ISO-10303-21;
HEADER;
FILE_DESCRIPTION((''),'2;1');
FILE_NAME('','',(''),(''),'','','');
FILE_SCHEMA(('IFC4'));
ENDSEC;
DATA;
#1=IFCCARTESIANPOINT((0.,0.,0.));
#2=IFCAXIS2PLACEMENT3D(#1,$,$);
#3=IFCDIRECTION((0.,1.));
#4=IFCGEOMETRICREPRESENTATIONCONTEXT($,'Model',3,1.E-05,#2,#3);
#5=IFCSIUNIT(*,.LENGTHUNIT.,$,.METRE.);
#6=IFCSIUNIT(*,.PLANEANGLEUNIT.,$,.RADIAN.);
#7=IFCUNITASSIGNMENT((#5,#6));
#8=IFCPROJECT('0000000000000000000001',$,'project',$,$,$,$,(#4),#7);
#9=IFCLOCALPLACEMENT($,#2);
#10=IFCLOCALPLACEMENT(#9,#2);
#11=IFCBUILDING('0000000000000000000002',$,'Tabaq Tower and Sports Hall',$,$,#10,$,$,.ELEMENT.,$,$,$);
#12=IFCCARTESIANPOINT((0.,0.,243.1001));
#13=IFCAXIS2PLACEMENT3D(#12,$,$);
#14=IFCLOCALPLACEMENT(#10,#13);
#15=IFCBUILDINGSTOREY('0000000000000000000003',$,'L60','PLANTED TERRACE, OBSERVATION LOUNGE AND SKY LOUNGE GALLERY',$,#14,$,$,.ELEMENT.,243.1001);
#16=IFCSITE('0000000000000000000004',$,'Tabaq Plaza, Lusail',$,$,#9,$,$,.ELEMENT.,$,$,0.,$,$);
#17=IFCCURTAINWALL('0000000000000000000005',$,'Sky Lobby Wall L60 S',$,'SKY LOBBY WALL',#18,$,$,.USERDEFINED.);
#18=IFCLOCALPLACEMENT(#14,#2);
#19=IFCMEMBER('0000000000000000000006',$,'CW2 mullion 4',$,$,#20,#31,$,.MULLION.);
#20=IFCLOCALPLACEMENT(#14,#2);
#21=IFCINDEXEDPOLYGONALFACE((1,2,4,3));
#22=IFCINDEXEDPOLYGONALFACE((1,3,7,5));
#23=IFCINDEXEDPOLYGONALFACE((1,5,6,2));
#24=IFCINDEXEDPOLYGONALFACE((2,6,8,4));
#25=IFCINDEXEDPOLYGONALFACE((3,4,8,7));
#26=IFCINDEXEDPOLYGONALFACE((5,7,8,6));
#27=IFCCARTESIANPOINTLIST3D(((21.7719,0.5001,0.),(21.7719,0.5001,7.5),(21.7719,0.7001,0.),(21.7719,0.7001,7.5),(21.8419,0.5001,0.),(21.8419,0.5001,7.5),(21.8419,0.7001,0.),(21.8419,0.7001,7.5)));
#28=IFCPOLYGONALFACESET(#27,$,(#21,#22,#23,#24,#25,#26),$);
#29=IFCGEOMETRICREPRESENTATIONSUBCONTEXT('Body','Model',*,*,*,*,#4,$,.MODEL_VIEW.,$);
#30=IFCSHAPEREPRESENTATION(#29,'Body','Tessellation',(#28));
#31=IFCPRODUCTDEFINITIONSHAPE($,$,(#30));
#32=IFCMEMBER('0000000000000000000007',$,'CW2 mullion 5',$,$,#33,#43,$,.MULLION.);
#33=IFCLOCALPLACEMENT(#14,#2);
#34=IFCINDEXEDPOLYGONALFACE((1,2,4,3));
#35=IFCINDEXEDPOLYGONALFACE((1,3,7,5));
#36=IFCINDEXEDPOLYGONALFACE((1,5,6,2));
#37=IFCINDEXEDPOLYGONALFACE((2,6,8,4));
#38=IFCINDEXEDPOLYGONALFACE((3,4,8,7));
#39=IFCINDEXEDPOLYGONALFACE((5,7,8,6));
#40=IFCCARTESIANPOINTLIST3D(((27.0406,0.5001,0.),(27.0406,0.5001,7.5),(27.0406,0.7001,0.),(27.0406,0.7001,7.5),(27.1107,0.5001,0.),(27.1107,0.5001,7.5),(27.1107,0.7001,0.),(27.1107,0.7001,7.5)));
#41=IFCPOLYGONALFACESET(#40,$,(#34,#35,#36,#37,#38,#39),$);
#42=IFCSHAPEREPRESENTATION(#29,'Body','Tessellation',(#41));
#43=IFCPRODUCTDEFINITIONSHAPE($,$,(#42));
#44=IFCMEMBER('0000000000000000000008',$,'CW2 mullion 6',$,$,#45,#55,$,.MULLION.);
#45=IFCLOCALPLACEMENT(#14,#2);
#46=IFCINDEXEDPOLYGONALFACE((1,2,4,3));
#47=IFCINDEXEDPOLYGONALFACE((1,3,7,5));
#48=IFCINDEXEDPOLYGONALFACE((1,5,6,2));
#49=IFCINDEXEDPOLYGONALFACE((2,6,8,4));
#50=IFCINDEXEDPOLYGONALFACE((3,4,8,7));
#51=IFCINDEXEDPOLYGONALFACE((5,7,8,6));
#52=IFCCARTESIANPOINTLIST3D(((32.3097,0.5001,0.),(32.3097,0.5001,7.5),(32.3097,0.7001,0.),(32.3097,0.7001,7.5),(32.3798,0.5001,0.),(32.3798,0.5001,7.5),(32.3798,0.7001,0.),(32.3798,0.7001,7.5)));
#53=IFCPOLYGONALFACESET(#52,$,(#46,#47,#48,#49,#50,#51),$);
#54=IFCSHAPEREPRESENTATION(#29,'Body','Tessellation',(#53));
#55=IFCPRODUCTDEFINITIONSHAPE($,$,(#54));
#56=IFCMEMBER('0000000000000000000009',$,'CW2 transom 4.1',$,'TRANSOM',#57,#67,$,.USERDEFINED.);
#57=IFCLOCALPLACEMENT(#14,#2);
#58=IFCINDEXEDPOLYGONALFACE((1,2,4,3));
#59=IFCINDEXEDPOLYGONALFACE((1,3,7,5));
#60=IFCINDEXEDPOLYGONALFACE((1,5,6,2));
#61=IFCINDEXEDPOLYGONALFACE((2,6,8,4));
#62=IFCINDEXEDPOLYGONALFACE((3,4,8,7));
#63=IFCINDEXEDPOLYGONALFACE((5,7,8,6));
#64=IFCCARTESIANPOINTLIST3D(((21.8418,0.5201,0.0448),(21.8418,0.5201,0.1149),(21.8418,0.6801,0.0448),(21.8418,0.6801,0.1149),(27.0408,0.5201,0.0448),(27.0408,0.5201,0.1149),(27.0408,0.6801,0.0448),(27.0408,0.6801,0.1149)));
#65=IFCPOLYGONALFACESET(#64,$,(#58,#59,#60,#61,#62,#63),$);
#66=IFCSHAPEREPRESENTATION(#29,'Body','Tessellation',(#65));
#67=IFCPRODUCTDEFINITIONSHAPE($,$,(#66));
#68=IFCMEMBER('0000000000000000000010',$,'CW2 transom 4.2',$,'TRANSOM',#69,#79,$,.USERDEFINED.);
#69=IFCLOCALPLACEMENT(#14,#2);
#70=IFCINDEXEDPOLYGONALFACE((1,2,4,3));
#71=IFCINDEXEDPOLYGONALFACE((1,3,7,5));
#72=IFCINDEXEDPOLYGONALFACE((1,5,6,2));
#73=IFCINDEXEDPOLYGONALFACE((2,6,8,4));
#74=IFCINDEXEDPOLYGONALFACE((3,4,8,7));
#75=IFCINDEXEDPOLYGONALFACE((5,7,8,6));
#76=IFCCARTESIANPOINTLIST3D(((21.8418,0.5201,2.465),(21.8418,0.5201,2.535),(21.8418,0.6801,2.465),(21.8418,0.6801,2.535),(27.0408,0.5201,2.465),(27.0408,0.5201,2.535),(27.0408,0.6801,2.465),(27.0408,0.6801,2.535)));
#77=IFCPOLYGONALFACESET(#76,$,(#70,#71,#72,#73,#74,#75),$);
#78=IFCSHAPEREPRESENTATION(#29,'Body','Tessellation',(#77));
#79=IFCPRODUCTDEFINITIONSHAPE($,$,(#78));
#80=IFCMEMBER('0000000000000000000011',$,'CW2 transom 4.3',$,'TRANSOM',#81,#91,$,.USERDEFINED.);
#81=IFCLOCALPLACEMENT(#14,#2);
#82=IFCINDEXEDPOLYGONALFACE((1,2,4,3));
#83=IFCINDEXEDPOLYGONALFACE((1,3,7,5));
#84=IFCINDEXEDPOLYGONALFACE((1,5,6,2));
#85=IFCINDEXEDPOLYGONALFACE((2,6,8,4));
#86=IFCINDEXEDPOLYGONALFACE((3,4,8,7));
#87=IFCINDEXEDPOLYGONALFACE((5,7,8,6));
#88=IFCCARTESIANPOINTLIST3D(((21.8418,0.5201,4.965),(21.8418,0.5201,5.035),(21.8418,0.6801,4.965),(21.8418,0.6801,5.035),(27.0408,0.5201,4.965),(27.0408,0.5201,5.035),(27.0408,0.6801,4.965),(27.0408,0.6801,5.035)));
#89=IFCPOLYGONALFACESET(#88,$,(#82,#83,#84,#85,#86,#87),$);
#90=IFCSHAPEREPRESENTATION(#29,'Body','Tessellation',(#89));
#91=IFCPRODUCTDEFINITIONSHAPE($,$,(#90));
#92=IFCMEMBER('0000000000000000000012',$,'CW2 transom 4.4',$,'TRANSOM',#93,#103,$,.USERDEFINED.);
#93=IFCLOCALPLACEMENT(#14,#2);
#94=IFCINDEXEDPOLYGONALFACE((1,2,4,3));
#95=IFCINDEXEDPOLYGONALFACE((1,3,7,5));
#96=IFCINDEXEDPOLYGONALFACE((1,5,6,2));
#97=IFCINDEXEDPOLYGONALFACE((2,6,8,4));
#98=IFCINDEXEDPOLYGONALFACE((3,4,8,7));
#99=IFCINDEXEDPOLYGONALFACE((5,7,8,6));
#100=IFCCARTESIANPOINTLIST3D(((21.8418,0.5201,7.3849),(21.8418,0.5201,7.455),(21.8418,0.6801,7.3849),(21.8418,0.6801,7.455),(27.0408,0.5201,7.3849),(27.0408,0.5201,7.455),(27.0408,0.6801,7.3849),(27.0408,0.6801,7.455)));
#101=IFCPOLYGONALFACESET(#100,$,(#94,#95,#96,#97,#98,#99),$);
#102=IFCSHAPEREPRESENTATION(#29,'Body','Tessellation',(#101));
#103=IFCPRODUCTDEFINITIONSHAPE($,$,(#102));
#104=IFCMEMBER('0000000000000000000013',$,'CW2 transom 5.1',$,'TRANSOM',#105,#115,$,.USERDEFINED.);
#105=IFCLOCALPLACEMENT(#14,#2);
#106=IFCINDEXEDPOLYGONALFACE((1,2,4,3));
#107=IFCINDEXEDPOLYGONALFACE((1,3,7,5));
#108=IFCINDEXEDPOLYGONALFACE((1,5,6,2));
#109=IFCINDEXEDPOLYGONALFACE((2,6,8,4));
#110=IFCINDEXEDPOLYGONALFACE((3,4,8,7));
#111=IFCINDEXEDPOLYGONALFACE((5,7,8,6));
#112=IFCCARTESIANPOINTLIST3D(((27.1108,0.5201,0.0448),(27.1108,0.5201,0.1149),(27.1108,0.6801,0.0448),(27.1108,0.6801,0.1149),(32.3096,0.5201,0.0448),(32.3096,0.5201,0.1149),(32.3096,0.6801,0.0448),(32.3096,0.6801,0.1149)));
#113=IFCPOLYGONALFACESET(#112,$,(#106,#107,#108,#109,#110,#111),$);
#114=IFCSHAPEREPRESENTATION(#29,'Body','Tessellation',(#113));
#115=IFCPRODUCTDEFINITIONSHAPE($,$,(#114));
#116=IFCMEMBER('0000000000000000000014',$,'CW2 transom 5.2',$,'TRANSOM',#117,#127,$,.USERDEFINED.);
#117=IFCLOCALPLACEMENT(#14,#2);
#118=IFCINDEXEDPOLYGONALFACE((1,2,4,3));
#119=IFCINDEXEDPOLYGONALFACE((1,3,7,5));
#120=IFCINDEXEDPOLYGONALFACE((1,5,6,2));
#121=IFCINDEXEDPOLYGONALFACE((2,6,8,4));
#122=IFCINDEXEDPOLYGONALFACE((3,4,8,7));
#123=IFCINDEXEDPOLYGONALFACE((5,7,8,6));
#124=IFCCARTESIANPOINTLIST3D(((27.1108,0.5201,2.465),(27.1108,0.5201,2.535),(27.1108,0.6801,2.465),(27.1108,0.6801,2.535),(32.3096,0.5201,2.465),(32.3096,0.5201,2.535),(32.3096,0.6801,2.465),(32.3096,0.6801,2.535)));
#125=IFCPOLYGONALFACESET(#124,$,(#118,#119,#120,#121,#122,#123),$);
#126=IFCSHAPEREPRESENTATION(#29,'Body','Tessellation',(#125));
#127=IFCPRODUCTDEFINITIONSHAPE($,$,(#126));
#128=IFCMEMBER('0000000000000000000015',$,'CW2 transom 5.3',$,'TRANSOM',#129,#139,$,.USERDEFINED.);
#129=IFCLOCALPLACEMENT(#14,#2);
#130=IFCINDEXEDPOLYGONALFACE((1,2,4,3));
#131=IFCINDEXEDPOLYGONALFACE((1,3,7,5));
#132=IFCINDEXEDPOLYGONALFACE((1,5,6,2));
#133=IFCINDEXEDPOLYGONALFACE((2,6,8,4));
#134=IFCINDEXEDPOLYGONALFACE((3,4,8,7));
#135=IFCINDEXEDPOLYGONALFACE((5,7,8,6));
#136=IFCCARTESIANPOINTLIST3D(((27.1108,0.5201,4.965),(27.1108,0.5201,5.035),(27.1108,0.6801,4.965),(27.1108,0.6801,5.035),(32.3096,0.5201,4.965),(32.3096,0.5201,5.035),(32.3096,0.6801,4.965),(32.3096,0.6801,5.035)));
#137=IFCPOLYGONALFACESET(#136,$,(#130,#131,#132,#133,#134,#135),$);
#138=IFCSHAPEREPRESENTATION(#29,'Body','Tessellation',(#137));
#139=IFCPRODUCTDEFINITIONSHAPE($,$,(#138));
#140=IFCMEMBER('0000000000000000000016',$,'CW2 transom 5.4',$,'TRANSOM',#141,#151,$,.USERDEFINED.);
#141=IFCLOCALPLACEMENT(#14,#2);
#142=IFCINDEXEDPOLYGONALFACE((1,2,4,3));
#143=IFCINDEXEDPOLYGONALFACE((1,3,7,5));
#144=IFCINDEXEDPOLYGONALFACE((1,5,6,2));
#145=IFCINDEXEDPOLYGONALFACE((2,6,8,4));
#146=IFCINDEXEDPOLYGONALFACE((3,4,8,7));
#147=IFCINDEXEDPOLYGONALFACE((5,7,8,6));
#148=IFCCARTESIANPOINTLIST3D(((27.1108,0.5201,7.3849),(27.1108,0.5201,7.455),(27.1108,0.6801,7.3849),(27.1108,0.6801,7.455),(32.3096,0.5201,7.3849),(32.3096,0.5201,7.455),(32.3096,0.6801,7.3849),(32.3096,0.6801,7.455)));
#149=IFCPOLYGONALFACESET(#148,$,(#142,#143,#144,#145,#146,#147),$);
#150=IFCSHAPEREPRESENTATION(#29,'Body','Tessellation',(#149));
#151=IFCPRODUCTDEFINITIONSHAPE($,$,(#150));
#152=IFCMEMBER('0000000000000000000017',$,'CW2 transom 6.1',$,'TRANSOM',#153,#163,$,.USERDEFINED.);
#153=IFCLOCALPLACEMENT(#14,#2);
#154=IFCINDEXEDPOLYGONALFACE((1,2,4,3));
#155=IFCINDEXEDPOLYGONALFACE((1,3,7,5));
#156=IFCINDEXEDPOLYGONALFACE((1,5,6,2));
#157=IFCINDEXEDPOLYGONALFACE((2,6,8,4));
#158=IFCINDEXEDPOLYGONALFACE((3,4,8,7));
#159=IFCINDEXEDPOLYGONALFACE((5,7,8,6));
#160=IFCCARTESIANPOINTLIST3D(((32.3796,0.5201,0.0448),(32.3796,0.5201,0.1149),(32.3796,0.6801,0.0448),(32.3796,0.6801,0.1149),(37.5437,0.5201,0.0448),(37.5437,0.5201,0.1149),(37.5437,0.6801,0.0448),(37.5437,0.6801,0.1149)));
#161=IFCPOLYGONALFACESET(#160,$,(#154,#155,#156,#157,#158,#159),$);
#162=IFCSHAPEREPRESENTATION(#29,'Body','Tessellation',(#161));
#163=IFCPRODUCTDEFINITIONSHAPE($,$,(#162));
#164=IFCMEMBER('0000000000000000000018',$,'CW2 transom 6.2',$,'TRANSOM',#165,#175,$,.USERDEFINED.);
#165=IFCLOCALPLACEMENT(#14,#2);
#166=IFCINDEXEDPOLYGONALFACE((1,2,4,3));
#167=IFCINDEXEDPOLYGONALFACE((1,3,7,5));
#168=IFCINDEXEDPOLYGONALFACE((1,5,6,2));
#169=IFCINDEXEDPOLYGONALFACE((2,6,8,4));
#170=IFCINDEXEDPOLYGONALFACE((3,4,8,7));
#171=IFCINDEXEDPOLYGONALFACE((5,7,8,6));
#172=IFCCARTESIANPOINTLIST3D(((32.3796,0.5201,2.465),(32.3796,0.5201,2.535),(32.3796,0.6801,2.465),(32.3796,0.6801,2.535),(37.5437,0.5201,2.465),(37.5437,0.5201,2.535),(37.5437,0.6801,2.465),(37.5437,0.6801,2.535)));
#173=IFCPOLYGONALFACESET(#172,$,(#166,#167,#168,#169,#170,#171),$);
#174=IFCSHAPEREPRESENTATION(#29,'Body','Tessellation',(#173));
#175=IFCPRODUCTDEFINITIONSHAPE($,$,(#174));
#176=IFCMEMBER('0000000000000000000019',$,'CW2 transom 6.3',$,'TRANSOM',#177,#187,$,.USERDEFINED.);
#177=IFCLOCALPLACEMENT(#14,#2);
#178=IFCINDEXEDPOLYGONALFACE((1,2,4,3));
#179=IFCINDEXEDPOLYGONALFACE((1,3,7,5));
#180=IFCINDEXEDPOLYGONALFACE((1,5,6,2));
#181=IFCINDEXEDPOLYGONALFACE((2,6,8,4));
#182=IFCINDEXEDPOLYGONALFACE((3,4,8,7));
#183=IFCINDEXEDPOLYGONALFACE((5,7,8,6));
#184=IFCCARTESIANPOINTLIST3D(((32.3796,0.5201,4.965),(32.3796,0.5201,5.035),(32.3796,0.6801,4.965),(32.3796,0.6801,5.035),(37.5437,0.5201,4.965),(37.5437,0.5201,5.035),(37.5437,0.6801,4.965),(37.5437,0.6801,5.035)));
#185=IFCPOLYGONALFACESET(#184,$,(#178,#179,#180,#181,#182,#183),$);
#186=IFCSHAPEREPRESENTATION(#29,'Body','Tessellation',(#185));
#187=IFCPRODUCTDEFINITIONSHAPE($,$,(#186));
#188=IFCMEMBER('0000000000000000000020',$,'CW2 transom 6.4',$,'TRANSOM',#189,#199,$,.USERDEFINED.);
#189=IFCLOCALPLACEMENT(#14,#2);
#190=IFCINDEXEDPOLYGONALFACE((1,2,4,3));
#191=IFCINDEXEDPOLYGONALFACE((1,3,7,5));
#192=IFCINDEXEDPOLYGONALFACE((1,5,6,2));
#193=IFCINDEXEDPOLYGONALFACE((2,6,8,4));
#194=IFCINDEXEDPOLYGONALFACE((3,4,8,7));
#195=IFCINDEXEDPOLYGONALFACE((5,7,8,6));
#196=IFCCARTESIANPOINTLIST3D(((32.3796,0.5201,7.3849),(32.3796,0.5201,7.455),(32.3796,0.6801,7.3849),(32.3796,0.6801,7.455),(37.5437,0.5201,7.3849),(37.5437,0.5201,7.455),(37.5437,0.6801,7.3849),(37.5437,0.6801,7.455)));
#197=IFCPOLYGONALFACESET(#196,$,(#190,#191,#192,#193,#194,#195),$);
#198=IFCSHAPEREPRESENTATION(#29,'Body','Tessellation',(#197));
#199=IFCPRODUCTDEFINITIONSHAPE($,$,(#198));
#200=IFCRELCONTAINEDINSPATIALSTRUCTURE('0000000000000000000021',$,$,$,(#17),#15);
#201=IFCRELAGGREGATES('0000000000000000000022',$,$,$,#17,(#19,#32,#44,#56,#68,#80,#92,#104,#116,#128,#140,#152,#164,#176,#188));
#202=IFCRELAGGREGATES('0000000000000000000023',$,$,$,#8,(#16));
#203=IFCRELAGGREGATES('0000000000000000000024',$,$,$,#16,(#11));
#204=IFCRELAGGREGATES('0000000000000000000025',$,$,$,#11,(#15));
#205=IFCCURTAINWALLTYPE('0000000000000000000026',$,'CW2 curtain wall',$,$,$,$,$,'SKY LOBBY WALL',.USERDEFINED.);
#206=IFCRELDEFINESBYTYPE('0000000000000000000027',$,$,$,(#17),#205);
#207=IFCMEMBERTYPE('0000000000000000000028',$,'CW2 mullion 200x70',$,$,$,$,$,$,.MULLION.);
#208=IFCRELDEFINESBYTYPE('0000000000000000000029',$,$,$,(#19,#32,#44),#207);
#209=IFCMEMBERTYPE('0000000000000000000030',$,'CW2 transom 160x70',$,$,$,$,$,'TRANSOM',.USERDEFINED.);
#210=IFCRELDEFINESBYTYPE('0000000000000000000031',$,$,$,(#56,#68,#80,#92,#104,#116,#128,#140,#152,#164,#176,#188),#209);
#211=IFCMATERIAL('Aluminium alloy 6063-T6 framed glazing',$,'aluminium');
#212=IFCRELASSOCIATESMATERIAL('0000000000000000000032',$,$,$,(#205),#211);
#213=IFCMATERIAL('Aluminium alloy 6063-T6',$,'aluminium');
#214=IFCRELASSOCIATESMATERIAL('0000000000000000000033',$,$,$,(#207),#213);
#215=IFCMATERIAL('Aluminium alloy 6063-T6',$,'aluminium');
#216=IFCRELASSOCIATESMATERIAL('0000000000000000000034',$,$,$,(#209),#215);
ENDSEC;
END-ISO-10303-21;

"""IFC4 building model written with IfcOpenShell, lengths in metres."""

from ifc_helpers import new_model, si_unit, direction, frame, origin, origin_2d, place, context, subcontext, project, spatial, rectangle, extrude, material, material_profile, profile_set, type_object, element, aggregate, save


model = new_model("IFC4")

# Units and contexts
model_context = context("Model", 3, precision=1e-05, world=origin(), true_north=direction((0.0, 1.0)))
body_context = subcontext(model_context, "Body", "Model", "MODEL_VIEW")
ifc_project = project(units=[si_unit("LENGTHUNIT", "METRE"), si_unit("PLANEANGLEUNIT", "RADIAN")], contexts=[model_context])

# Site, building, storey
site_placement = place(None, origin())
site = spatial("IfcSite", under=ifc_project, at=site_placement, Name="Tabaq Plaza, Lusail", CompositionType="ELEMENT", RefElevation=0.0)
building_placement = place(site_placement, origin())
building = spatial("IfcBuilding", under=site, at=building_placement, Name="Tabaq Tower and Sports Hall", CompositionType="ELEMENT")
storey_placement = place(building_placement, frame((0.0, 0.0, 243.1001)))
storey = spatial("IfcBuildingStorey", under=building, at=storey_placement, Name="L60", Description="PLANTED TERRACE, OBSERVATION LOUNGE AND SKY LOUNGE GALLERY", CompositionType="ELEMENT", Elevation=243.1001)

# Curtain wall, members
ifc_material_1 = material(Name="Aluminium alloy 6063-T6 framed glazing", Category="aluminium")
curtain_wall_type = type_object("IfcCurtainWallType", Name="CW2 curtain wall", ElementType="SKY LOBBY WALL", PredefinedType="USERDEFINED", material=ifc_material_1)
curtain_wall_placement = place(storey_placement, origin())
curtain_wall = element("IfcCurtainWall", 1, at=curtain_wall_placement, inside=storey, type_object=curtain_wall_type, Name="Sky Lobby Wall L60 S", ObjectType="SKY LOBBY WALL", PredefinedType="USERDEFINED")
ifc_material_2 = material(Name="Aluminium alloy 6063-T6", Category="aluminium")
ifc_material_profile_1 = material_profile(ifc_material_2, rectangle(XDim=0.2, YDim=0.0701, at=origin_2d()), Name="MULLION 200x70")
ifc_profile_set_1 = profile_set([ifc_material_profile_1], Name="Aluminium alloy 6063-T6")
member_type_1 = type_object("IfcMemberType", Name="CW2 mullion 200x70", PredefinedType="MULLION", material=ifc_profile_set_1)
member_1_placement = place(storey_placement, frame((21.8069, 0.6001, 0.0), z_axis=(0.0, 0.0, 1.0), x_axis=(0.0, 1.0, 0.0)))
member_1 = element("IfcMember", 2, at=member_1_placement, type_object=member_type_1, Name="CW2 mullion 4", PredefinedType="MULLION", context=body_context, shape_type="SweptSolid", body=[
    extrude(rectangle(XDim=0.2, YDim=0.0701, at=origin_2d()), origin(), (0.0, 0.0, 1.0), 7.5),
])
member_2_placement = place(storey_placement, frame((27.0757, 0.6001, 0.0), z_axis=(0.0, 0.0, 1.0), x_axis=(0.0, 1.0, 0.0)))
member_2 = element("IfcMember", 3, at=member_2_placement, type_object=member_type_1, Name="CW2 mullion 5", PredefinedType="MULLION", context=body_context, shape_type="SweptSolid", body=[
    extrude(rectangle(XDim=0.2, YDim=0.0701, at=origin_2d()), origin(), (0.0, 0.0, 1.0), 7.5),
])
member_3_placement = place(storey_placement, frame((32.3447, 0.6001, 0.0), z_axis=(0.0, 0.0, 1.0), x_axis=(0.0, 1.0, 0.0)))
member_3 = element("IfcMember", 4, at=member_3_placement, type_object=member_type_1, Name="CW2 mullion 6", PredefinedType="MULLION", context=body_context, shape_type="SweptSolid", body=[
    extrude(rectangle(XDim=0.2, YDim=0.0701, at=origin_2d()), origin(), (0.0, 0.0, 1.0), 7.5),
])
ifc_material_3 = material(Name="Aluminium alloy 6063-T6", Category="aluminium")
ifc_material_profile_2 = material_profile(ifc_material_3, rectangle(XDim=0.1599, YDim=0.0701, at=origin_2d()), Name="TRANSOM 160x70")
ifc_profile_set_2 = profile_set([ifc_material_profile_2], Name="Aluminium alloy 6063-T6")
member_type_2 = type_object("IfcMemberType", Name="CW2 transom 160x70", ElementType="TRANSOM", PredefinedType="USERDEFINED", material=ifc_profile_set_2)
member_4_placement = place(storey_placement, frame((21.8418, 0.6001, 0.0798), z_axis=(1.0, 0.0, 0.0), x_axis=(0.0, 1.0, 0.0)))
member_4 = element("IfcMember", 5, at=member_4_placement, type_object=member_type_2, Name="CW2 transom 4.1", ObjectType="TRANSOM", PredefinedType="USERDEFINED", context=body_context, shape_type="SweptSolid", body=[
    extrude(rectangle(XDim=0.1599, YDim=0.0701, at=origin_2d()), origin(), (0.0, 0.0, 1.0), 5.199),
])
member_5_placement = place(storey_placement, frame((21.8418, 0.6001, 2.5), z_axis=(1.0, 0.0, 0.0), x_axis=(0.0, 1.0, 0.0)))
member_5 = element("IfcMember", 6, at=member_5_placement, type_object=member_type_2, Name="CW2 transom 4.2", ObjectType="TRANSOM", PredefinedType="USERDEFINED", context=body_context, shape_type="SweptSolid", body=[
    extrude(rectangle(XDim=0.1599, YDim=0.0701, at=origin_2d()), origin(), (0.0, 0.0, 1.0), 5.199),
])
member_6_placement = place(storey_placement, frame((21.8418, 0.6001, 5.0), z_axis=(1.0, 0.0, 0.0), x_axis=(0.0, 1.0, 0.0)))
member_6 = element("IfcMember", 7, at=member_6_placement, type_object=member_type_2, Name="CW2 transom 4.3", ObjectType="TRANSOM", PredefinedType="USERDEFINED", context=body_context, shape_type="SweptSolid", body=[
    extrude(rectangle(XDim=0.1599, YDim=0.0701, at=origin_2d()), origin(), (0.0, 0.0, 1.0), 5.199),
])
member_7_placement = place(storey_placement, frame((21.8418, 0.6001, 7.4199), z_axis=(1.0, 0.0, 0.0), x_axis=(0.0, 1.0, 0.0)))
member_7 = element("IfcMember", 8, at=member_7_placement, type_object=member_type_2, Name="CW2 transom 4.4", ObjectType="TRANSOM", PredefinedType="USERDEFINED", context=body_context, shape_type="SweptSolid", body=[
    extrude(rectangle(XDim=0.1599, YDim=0.0701, at=origin_2d()), origin(), (0.0, 0.0, 1.0), 5.199),
])
member_8_placement = place(storey_placement, frame((27.1108, 0.6001, 0.0798), z_axis=(1.0, 0.0, 0.0), x_axis=(0.0, 1.0, 0.0)))
member_8 = element("IfcMember", 9, at=member_8_placement, type_object=member_type_2, Name="CW2 transom 5.1", ObjectType="TRANSOM", PredefinedType="USERDEFINED", context=body_context, shape_type="SweptSolid", body=[
    extrude(rectangle(XDim=0.1599, YDim=0.0701, at=origin_2d()), origin(), (0.0, 0.0, 1.0), 5.1987),
])
member_9_placement = place(storey_placement, frame((27.1108, 0.6001, 2.5), z_axis=(1.0, 0.0, 0.0), x_axis=(0.0, 1.0, 0.0)))
member_9 = element("IfcMember", 10, at=member_9_placement, type_object=member_type_2, Name="CW2 transom 5.2", ObjectType="TRANSOM", PredefinedType="USERDEFINED", context=body_context, shape_type="SweptSolid", body=[
    extrude(rectangle(XDim=0.1599, YDim=0.0701, at=origin_2d()), origin(), (0.0, 0.0, 1.0), 5.1987),
])
member_10_placement = place(storey_placement, frame((27.1108, 0.6001, 5.0), z_axis=(1.0, 0.0, 0.0), x_axis=(0.0, 1.0, 0.0)))
member_10 = element("IfcMember", 11, at=member_10_placement, type_object=member_type_2, Name="CW2 transom 5.3", ObjectType="TRANSOM", PredefinedType="USERDEFINED", context=body_context, shape_type="SweptSolid", body=[
    extrude(rectangle(XDim=0.1599, YDim=0.0701, at=origin_2d()), origin(), (0.0, 0.0, 1.0), 5.1987),
])
member_11_placement = place(storey_placement, frame((27.1108, 0.6001, 7.4199), z_axis=(1.0, 0.0, 0.0), x_axis=(0.0, 1.0, 0.0)))
member_11 = element("IfcMember", 12, at=member_11_placement, type_object=member_type_2, Name="CW2 transom 5.4", ObjectType="TRANSOM", PredefinedType="USERDEFINED", context=body_context, shape_type="SweptSolid", body=[
    extrude(rectangle(XDim=0.1599, YDim=0.0701, at=origin_2d()), origin(), (0.0, 0.0, 1.0), 5.1987),
])
member_12_placement = place(storey_placement, frame((32.3796, 0.6001, 0.0798), z_axis=(1.0, 0.0, 0.0), x_axis=(0.0, 1.0, 0.0)))
member_12 = element("IfcMember", 13, at=member_12_placement, type_object=member_type_2, Name="CW2 transom 6.1", ObjectType="TRANSOM", PredefinedType="USERDEFINED", context=body_context, shape_type="SweptSolid", body=[
    extrude(rectangle(XDim=0.1599, YDim=0.0701, at=origin_2d()), origin(), (0.0, 0.0, 1.0), 5.1641),
])
member_13_placement = place(storey_placement, frame((32.3796, 0.6001, 2.5), z_axis=(1.0, 0.0, 0.0), x_axis=(0.0, 1.0, 0.0)))
member_13 = element("IfcMember", 14, at=member_13_placement, type_object=member_type_2, Name="CW2 transom 6.2", ObjectType="TRANSOM", PredefinedType="USERDEFINED", context=body_context, shape_type="SweptSolid", body=[
    extrude(rectangle(XDim=0.1599, YDim=0.0701, at=origin_2d()), origin(), (0.0, 0.0, 1.0), 5.1641),
])
member_14_placement = place(storey_placement, frame((32.3796, 0.6001, 5.0), z_axis=(1.0, 0.0, 0.0), x_axis=(0.0, 1.0, 0.0)))
member_14 = element("IfcMember", 15, at=member_14_placement, type_object=member_type_2, Name="CW2 transom 6.3", ObjectType="TRANSOM", PredefinedType="USERDEFINED", context=body_context, shape_type="SweptSolid", body=[
    extrude(rectangle(XDim=0.1599, YDim=0.0701, at=origin_2d()), origin(), (0.0, 0.0, 1.0), 5.1641),
])
member_15_placement = place(storey_placement, frame((32.3796, 0.6001, 7.4199), z_axis=(1.0, 0.0, 0.0), x_axis=(0.0, 1.0, 0.0)))
member_15 = element("IfcMember", 16, at=member_15_placement, type_object=member_type_2, Name="CW2 transom 6.4", ObjectType="TRANSOM", PredefinedType="USERDEFINED", context=body_context, shape_type="SweptSolid", body=[
    extrude(rectangle(XDim=0.1599, YDim=0.0701, at=origin_2d()), origin(), (0.0, 0.0, 1.0), 5.1641),
])

aggregate(curtain_wall, [member_1, member_2, member_3, member_4, member_5, member_6, member_7, member_8, member_9, member_10, member_11, member_12, member_13, member_14, member_15])

save(model, "model.ifc")
